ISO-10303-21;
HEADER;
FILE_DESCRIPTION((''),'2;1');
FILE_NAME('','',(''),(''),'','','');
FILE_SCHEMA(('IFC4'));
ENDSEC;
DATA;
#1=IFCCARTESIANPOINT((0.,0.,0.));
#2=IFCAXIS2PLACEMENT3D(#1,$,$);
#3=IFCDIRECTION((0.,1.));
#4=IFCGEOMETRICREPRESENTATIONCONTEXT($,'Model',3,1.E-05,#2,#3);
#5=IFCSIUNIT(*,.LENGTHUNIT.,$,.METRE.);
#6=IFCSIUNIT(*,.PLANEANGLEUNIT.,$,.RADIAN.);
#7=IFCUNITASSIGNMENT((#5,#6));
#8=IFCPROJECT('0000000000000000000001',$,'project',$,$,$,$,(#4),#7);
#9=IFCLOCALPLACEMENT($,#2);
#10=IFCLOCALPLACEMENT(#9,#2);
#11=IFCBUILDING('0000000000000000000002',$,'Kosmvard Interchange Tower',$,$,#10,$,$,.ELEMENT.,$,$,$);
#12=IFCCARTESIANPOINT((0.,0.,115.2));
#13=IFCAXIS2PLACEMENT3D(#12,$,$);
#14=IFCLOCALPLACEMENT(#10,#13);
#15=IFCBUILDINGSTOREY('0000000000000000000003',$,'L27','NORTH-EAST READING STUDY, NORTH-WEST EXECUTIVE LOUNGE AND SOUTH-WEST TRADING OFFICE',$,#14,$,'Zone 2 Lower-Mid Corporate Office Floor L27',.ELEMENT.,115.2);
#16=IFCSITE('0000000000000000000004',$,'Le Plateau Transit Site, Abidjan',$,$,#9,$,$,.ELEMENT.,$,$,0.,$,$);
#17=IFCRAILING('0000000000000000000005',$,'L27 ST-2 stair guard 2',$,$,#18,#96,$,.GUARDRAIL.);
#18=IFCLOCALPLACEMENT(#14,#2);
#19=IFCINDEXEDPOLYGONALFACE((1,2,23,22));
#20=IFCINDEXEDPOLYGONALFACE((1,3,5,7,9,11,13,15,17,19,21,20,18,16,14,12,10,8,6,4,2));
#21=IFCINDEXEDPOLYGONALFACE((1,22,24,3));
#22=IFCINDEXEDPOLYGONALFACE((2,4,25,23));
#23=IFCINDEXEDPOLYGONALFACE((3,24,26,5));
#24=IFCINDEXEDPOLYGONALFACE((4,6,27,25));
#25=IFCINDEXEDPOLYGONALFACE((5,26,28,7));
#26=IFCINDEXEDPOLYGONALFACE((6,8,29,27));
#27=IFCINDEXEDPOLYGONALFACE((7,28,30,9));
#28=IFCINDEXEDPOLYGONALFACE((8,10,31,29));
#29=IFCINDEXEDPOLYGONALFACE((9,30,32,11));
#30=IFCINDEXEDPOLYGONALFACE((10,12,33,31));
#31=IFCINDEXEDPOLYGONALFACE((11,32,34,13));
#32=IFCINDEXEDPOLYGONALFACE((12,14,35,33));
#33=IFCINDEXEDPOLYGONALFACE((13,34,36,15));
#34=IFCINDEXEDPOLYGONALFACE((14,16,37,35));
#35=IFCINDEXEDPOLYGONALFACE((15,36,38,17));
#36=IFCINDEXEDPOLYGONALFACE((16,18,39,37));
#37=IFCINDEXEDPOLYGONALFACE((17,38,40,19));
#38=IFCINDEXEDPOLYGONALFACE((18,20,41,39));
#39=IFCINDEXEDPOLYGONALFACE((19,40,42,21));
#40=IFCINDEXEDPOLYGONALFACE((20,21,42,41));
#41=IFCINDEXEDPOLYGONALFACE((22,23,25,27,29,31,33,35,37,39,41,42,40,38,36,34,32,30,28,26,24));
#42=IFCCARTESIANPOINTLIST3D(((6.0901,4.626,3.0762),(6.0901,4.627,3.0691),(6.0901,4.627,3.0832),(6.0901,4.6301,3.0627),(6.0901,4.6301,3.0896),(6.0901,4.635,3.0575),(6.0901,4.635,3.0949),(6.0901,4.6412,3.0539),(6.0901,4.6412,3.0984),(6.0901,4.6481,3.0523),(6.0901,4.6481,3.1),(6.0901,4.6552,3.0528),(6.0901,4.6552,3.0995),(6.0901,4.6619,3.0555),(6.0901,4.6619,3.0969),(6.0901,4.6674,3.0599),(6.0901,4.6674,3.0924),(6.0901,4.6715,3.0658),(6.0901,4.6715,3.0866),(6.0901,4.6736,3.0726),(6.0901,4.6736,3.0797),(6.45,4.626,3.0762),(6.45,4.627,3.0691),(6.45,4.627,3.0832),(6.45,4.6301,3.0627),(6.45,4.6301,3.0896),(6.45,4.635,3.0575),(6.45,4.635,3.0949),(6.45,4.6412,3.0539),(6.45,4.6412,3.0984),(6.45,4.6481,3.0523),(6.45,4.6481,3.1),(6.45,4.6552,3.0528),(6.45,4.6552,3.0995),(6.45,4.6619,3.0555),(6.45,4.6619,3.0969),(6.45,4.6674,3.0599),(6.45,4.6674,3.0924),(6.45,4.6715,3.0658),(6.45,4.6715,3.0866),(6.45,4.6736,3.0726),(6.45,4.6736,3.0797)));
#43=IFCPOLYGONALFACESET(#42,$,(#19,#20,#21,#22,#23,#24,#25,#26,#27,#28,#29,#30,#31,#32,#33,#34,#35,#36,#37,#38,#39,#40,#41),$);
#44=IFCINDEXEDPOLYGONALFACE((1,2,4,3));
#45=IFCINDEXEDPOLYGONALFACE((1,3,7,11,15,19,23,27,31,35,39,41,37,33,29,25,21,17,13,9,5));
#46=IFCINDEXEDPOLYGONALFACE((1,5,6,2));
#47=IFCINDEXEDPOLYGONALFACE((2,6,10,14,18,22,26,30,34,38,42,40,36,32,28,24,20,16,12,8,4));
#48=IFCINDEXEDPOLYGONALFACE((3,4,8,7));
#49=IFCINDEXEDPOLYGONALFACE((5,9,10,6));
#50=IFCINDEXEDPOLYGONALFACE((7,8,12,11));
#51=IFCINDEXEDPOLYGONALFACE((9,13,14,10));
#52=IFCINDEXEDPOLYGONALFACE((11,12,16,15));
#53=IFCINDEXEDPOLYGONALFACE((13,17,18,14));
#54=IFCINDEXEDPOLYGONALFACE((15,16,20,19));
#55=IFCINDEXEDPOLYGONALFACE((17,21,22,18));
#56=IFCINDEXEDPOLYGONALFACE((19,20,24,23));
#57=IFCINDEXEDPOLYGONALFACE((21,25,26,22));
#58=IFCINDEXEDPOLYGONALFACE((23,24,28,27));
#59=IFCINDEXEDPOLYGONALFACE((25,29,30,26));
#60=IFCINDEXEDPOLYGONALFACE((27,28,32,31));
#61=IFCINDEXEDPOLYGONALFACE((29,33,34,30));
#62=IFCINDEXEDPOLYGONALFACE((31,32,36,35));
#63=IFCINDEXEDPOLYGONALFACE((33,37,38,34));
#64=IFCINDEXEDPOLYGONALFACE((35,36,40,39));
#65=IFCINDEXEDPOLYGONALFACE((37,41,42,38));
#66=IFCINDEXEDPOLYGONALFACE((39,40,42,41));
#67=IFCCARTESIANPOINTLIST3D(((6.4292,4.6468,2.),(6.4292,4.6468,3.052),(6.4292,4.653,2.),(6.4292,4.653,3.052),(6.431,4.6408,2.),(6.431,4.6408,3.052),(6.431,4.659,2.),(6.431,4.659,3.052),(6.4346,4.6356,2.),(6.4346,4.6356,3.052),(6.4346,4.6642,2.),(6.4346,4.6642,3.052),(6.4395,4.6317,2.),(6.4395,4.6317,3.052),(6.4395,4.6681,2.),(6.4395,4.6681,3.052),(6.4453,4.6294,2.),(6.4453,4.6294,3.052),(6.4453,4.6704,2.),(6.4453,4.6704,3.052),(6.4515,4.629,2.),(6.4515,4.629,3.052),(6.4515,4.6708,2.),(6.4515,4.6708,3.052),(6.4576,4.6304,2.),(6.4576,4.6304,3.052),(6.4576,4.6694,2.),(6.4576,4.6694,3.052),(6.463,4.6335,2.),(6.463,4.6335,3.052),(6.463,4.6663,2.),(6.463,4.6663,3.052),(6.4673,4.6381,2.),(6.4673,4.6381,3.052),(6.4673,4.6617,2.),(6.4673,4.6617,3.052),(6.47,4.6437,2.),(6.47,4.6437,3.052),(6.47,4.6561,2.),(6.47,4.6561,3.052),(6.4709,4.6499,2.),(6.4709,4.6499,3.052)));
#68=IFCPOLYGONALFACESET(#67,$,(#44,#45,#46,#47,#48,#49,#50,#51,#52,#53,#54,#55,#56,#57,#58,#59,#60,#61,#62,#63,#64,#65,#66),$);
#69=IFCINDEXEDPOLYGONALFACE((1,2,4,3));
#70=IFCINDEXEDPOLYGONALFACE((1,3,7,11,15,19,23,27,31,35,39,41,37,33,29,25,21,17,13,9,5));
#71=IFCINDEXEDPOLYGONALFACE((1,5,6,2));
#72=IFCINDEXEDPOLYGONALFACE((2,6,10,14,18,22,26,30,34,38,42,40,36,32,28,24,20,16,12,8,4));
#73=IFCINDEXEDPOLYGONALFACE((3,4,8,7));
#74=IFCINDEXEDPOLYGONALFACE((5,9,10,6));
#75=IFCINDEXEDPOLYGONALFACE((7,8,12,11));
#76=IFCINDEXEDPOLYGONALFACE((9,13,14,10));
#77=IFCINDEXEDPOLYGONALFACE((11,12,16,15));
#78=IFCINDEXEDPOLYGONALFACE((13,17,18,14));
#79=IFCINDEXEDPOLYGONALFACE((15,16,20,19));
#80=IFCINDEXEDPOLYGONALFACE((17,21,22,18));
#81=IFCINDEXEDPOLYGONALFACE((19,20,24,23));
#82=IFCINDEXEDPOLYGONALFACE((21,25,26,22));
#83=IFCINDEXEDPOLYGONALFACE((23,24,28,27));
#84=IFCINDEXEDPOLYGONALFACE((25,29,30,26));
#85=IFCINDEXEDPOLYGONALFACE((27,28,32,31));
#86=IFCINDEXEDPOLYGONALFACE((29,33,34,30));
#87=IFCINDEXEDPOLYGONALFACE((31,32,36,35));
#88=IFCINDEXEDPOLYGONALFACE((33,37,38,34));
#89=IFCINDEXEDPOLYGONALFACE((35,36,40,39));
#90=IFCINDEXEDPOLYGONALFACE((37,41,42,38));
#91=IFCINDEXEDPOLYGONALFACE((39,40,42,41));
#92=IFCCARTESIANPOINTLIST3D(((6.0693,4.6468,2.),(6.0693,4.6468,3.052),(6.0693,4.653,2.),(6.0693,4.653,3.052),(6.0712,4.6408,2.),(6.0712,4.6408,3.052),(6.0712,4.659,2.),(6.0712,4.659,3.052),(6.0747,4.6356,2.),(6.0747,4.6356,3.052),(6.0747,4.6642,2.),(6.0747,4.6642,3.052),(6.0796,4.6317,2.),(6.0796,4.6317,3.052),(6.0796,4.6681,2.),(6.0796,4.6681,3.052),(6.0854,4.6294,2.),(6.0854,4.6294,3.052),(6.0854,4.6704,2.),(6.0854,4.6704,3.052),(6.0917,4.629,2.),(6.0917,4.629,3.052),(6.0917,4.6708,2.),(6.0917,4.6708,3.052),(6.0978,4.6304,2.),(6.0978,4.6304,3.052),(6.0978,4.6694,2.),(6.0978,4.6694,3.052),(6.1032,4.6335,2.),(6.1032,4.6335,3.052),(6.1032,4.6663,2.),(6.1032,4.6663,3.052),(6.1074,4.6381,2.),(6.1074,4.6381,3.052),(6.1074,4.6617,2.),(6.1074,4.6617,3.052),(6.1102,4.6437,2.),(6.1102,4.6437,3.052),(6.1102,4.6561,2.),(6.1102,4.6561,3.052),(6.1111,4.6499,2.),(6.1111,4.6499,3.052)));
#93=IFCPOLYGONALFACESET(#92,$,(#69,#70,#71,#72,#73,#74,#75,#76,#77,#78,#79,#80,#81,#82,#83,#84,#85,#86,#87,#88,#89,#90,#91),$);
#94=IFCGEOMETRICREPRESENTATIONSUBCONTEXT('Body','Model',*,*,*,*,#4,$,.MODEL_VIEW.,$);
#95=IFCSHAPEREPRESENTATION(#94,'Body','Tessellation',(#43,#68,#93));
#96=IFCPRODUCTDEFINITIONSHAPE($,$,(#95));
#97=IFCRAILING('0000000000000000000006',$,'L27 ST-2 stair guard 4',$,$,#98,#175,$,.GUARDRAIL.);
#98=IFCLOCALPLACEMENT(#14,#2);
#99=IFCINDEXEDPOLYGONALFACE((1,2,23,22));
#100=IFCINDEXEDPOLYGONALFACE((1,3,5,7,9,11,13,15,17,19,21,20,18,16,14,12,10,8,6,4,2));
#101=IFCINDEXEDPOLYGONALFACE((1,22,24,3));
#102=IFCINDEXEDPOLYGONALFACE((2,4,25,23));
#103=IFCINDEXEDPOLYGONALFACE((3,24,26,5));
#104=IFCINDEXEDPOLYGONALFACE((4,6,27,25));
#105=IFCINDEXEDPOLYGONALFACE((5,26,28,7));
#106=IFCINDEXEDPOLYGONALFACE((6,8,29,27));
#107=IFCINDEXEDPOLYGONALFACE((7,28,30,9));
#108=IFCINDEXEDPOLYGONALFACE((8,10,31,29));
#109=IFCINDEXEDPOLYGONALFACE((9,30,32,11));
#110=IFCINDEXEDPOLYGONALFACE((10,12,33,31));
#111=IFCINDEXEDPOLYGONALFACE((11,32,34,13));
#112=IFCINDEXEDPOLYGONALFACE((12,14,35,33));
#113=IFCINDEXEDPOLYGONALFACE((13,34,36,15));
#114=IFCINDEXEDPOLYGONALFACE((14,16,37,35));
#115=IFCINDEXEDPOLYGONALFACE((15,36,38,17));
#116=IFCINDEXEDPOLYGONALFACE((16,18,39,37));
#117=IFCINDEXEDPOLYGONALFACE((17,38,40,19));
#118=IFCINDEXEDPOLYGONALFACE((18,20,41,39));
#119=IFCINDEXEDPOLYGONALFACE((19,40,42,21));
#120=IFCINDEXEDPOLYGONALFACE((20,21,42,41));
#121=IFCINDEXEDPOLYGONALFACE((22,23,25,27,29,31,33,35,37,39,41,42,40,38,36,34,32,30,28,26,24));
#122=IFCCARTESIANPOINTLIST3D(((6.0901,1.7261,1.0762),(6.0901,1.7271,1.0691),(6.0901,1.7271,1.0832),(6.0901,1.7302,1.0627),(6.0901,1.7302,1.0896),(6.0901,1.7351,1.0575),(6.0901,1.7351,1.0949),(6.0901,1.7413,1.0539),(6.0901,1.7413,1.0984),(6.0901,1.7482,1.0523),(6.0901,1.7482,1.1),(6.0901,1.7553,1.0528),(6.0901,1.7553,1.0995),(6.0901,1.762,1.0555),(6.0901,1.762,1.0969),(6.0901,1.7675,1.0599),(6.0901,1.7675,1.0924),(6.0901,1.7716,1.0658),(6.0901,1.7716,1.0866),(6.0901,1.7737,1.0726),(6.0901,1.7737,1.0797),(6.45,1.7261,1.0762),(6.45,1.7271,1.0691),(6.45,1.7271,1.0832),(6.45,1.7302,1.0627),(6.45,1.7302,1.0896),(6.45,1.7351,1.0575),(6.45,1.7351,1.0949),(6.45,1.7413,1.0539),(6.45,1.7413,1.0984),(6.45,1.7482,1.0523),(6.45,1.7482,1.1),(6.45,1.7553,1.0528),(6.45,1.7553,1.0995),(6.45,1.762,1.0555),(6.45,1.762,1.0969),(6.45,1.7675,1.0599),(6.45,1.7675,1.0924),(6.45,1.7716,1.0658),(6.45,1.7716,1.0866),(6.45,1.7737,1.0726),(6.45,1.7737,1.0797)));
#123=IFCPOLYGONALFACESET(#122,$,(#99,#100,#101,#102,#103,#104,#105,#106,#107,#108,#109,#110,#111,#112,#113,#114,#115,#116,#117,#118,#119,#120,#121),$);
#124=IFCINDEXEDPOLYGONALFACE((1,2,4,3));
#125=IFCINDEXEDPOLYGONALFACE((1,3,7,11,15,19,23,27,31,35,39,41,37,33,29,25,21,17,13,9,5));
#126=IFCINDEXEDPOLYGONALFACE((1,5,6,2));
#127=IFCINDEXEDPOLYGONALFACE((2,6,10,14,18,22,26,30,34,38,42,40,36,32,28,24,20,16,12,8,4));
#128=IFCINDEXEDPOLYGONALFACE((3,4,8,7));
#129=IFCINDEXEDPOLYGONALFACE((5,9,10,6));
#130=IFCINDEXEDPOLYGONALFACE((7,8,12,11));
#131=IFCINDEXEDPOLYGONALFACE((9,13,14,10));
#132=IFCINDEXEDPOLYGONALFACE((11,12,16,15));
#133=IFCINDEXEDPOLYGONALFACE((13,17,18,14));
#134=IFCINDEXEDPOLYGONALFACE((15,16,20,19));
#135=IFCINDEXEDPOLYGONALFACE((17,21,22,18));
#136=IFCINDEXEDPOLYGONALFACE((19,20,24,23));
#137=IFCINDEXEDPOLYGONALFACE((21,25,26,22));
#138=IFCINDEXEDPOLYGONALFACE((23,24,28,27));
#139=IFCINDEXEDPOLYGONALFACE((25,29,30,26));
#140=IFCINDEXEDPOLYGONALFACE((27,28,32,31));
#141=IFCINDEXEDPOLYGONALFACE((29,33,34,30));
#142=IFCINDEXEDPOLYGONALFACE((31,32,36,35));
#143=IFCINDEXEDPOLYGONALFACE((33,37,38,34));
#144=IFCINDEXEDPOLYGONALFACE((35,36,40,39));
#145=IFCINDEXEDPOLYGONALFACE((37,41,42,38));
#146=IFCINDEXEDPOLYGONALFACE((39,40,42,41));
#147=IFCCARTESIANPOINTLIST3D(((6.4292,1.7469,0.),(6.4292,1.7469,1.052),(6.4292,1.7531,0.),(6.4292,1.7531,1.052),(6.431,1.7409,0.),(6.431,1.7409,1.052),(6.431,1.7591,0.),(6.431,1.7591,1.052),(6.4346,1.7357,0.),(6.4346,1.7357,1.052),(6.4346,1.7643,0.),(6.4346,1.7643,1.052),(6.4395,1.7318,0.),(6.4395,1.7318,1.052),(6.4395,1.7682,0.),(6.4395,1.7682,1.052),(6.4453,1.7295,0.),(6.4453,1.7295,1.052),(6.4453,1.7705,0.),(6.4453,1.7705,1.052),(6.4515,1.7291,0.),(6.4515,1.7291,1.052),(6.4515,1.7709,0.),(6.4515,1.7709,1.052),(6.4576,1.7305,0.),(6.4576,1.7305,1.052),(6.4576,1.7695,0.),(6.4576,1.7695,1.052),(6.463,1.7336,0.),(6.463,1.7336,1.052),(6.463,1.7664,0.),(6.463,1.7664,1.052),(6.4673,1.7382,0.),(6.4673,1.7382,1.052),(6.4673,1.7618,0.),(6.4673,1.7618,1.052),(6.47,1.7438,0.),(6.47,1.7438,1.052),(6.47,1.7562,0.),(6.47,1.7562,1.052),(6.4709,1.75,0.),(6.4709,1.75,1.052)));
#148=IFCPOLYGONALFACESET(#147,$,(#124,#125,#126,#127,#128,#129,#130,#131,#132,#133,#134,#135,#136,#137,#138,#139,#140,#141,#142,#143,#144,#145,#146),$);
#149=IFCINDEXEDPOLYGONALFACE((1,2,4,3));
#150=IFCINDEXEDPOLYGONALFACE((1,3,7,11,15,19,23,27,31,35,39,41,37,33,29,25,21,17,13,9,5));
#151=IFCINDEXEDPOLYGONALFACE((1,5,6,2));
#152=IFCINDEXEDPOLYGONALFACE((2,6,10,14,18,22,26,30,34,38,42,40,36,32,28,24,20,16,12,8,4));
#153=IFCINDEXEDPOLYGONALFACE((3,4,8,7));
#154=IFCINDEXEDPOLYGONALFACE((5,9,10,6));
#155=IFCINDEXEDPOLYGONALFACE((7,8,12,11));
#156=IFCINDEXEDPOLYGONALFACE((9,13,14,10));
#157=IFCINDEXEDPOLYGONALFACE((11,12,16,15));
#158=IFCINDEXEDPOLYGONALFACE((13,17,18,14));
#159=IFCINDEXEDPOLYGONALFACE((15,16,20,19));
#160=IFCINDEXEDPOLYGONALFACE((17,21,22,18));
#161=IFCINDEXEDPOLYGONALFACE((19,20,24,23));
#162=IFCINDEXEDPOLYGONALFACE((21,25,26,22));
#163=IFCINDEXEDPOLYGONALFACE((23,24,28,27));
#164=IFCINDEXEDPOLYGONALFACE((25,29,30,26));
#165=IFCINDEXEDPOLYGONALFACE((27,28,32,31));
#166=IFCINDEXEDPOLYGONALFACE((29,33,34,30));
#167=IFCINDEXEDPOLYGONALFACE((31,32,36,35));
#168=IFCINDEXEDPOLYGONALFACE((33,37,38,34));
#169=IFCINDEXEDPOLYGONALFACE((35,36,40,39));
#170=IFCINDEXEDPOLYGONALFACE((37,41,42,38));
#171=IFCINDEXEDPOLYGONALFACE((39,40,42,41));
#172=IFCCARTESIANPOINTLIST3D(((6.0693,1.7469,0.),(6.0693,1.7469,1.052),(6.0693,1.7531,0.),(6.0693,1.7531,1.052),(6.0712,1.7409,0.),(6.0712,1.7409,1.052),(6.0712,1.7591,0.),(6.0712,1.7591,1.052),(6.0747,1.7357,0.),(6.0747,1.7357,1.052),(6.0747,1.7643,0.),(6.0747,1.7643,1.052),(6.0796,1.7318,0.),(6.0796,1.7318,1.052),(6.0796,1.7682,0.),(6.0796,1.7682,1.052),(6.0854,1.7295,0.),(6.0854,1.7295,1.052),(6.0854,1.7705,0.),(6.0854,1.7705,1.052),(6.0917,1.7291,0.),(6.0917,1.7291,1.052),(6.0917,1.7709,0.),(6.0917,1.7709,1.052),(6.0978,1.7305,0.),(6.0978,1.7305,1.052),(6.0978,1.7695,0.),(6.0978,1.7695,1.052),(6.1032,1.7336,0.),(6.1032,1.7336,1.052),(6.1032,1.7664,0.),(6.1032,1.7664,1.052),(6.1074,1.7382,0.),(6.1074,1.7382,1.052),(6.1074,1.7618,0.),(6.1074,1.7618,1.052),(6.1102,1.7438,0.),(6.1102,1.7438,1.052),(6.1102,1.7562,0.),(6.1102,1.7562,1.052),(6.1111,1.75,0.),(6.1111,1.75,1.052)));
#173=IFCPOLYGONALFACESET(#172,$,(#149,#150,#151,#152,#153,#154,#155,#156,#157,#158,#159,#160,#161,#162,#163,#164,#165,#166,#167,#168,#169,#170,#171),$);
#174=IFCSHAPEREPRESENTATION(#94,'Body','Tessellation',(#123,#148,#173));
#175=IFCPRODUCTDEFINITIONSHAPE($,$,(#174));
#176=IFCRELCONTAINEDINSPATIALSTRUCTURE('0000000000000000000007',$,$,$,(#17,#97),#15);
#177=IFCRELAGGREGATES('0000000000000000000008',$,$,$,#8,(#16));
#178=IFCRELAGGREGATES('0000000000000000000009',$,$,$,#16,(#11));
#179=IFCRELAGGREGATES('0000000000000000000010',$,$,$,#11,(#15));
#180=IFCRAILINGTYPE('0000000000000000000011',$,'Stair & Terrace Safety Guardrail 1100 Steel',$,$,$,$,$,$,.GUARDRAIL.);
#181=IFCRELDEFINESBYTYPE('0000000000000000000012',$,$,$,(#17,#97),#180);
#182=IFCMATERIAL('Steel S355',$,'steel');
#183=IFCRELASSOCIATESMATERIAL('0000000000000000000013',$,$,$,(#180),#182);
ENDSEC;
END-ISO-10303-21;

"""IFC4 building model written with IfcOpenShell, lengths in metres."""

from ifc_helpers import new_model, si_unit, direction, frame, origin, origin_2d, place, context, subcontext, project, spatial, circle, extrude, source, transform, mapped, material, type_object, element, save


model = new_model("IFC4")

# Units and contexts
model_context = context("Model", 3, precision=1e-05, world=origin(), true_north=direction((0.0, 1.0)))
body_context = subcontext(model_context, "Body", "Model", "MODEL_VIEW")
ifc_project = project(units=[si_unit("LENGTHUNIT", "METRE"), si_unit("PLANEANGLEUNIT", "RADIAN")], contexts=[model_context])

# Site, building, storey
site_placement = place(None, origin())
site = spatial("IfcSite", under=ifc_project, at=site_placement, Name="Le Plateau Transit Site, Abidjan", CompositionType="ELEMENT", RefElevation=0.0)
building_placement = place(site_placement, origin())
building = spatial("IfcBuilding", under=site, at=building_placement, Name="Kosmvard Interchange Tower", CompositionType="ELEMENT")
storey_placement = place(building_placement, frame((0.0, 0.0, 115.2)))
storey = spatial("IfcBuildingStorey", under=building, at=storey_placement, Name="L27", Description="NORTH-EAST READING STUDY, NORTH-WEST EXECUTIVE LOUNGE AND SOUTH-WEST TRADING OFFICE", LongName="Zone 2 Lower-Mid Corporate Office Floor L27", CompositionType="ELEMENT", Elevation=115.2)

# Shared definitions
ifc_material_1 = material(Name="Steel S355", Category="steel")

# Railings
railing_type_1 = type_object("IfcRailingType", Name="Stair & Terrace Safety Guardrail 1100 Steel", PredefinedType="GUARDRAIL", material=ifc_material_1)
shared_shape_1 = source(origin(), body_context, "Body", "SweptSolid", [
    extrude(circle(Radius=0.0239, at=origin_2d()), frame((0.0, 0.0, 1.0762), z_axis=(-1.0, 0.0, 0.0), x_axis=(0.0, -1.0, 0.0)), (0.0, 0.0, 1.0), 0.3599),
    extrude(circle(Radius=0.021, at=origin_2d()), origin(), (0.0, 0.0, 1.0), 1.052),
    extrude(circle(Radius=0.021, at=origin_2d()), frame((-0.3599, 0.0, 0.0)), (0.0, 0.0, 1.0), 1.052),
])
for number, where, name in (
    (1, (6.45, 4.6499, 2.0), "L27 ST-2 stair guard 2"),
    (2, (6.45, 1.75, 0.0), "L27 ST-2 stair guard 4"),
):
    element("IfcRailing", number, at=place(storey_placement, frame(where)), inside=storey, type_object=railing_type_1, Name=name, PredefinedType="GUARDRAIL", context=body_context, shape_type="MappedRepresentation", body=[
        mapped(shared_shape_1, transform((0.0, 0.0, 0.0), scale=1.0)),
    ])

save(model, "model.ifc")
